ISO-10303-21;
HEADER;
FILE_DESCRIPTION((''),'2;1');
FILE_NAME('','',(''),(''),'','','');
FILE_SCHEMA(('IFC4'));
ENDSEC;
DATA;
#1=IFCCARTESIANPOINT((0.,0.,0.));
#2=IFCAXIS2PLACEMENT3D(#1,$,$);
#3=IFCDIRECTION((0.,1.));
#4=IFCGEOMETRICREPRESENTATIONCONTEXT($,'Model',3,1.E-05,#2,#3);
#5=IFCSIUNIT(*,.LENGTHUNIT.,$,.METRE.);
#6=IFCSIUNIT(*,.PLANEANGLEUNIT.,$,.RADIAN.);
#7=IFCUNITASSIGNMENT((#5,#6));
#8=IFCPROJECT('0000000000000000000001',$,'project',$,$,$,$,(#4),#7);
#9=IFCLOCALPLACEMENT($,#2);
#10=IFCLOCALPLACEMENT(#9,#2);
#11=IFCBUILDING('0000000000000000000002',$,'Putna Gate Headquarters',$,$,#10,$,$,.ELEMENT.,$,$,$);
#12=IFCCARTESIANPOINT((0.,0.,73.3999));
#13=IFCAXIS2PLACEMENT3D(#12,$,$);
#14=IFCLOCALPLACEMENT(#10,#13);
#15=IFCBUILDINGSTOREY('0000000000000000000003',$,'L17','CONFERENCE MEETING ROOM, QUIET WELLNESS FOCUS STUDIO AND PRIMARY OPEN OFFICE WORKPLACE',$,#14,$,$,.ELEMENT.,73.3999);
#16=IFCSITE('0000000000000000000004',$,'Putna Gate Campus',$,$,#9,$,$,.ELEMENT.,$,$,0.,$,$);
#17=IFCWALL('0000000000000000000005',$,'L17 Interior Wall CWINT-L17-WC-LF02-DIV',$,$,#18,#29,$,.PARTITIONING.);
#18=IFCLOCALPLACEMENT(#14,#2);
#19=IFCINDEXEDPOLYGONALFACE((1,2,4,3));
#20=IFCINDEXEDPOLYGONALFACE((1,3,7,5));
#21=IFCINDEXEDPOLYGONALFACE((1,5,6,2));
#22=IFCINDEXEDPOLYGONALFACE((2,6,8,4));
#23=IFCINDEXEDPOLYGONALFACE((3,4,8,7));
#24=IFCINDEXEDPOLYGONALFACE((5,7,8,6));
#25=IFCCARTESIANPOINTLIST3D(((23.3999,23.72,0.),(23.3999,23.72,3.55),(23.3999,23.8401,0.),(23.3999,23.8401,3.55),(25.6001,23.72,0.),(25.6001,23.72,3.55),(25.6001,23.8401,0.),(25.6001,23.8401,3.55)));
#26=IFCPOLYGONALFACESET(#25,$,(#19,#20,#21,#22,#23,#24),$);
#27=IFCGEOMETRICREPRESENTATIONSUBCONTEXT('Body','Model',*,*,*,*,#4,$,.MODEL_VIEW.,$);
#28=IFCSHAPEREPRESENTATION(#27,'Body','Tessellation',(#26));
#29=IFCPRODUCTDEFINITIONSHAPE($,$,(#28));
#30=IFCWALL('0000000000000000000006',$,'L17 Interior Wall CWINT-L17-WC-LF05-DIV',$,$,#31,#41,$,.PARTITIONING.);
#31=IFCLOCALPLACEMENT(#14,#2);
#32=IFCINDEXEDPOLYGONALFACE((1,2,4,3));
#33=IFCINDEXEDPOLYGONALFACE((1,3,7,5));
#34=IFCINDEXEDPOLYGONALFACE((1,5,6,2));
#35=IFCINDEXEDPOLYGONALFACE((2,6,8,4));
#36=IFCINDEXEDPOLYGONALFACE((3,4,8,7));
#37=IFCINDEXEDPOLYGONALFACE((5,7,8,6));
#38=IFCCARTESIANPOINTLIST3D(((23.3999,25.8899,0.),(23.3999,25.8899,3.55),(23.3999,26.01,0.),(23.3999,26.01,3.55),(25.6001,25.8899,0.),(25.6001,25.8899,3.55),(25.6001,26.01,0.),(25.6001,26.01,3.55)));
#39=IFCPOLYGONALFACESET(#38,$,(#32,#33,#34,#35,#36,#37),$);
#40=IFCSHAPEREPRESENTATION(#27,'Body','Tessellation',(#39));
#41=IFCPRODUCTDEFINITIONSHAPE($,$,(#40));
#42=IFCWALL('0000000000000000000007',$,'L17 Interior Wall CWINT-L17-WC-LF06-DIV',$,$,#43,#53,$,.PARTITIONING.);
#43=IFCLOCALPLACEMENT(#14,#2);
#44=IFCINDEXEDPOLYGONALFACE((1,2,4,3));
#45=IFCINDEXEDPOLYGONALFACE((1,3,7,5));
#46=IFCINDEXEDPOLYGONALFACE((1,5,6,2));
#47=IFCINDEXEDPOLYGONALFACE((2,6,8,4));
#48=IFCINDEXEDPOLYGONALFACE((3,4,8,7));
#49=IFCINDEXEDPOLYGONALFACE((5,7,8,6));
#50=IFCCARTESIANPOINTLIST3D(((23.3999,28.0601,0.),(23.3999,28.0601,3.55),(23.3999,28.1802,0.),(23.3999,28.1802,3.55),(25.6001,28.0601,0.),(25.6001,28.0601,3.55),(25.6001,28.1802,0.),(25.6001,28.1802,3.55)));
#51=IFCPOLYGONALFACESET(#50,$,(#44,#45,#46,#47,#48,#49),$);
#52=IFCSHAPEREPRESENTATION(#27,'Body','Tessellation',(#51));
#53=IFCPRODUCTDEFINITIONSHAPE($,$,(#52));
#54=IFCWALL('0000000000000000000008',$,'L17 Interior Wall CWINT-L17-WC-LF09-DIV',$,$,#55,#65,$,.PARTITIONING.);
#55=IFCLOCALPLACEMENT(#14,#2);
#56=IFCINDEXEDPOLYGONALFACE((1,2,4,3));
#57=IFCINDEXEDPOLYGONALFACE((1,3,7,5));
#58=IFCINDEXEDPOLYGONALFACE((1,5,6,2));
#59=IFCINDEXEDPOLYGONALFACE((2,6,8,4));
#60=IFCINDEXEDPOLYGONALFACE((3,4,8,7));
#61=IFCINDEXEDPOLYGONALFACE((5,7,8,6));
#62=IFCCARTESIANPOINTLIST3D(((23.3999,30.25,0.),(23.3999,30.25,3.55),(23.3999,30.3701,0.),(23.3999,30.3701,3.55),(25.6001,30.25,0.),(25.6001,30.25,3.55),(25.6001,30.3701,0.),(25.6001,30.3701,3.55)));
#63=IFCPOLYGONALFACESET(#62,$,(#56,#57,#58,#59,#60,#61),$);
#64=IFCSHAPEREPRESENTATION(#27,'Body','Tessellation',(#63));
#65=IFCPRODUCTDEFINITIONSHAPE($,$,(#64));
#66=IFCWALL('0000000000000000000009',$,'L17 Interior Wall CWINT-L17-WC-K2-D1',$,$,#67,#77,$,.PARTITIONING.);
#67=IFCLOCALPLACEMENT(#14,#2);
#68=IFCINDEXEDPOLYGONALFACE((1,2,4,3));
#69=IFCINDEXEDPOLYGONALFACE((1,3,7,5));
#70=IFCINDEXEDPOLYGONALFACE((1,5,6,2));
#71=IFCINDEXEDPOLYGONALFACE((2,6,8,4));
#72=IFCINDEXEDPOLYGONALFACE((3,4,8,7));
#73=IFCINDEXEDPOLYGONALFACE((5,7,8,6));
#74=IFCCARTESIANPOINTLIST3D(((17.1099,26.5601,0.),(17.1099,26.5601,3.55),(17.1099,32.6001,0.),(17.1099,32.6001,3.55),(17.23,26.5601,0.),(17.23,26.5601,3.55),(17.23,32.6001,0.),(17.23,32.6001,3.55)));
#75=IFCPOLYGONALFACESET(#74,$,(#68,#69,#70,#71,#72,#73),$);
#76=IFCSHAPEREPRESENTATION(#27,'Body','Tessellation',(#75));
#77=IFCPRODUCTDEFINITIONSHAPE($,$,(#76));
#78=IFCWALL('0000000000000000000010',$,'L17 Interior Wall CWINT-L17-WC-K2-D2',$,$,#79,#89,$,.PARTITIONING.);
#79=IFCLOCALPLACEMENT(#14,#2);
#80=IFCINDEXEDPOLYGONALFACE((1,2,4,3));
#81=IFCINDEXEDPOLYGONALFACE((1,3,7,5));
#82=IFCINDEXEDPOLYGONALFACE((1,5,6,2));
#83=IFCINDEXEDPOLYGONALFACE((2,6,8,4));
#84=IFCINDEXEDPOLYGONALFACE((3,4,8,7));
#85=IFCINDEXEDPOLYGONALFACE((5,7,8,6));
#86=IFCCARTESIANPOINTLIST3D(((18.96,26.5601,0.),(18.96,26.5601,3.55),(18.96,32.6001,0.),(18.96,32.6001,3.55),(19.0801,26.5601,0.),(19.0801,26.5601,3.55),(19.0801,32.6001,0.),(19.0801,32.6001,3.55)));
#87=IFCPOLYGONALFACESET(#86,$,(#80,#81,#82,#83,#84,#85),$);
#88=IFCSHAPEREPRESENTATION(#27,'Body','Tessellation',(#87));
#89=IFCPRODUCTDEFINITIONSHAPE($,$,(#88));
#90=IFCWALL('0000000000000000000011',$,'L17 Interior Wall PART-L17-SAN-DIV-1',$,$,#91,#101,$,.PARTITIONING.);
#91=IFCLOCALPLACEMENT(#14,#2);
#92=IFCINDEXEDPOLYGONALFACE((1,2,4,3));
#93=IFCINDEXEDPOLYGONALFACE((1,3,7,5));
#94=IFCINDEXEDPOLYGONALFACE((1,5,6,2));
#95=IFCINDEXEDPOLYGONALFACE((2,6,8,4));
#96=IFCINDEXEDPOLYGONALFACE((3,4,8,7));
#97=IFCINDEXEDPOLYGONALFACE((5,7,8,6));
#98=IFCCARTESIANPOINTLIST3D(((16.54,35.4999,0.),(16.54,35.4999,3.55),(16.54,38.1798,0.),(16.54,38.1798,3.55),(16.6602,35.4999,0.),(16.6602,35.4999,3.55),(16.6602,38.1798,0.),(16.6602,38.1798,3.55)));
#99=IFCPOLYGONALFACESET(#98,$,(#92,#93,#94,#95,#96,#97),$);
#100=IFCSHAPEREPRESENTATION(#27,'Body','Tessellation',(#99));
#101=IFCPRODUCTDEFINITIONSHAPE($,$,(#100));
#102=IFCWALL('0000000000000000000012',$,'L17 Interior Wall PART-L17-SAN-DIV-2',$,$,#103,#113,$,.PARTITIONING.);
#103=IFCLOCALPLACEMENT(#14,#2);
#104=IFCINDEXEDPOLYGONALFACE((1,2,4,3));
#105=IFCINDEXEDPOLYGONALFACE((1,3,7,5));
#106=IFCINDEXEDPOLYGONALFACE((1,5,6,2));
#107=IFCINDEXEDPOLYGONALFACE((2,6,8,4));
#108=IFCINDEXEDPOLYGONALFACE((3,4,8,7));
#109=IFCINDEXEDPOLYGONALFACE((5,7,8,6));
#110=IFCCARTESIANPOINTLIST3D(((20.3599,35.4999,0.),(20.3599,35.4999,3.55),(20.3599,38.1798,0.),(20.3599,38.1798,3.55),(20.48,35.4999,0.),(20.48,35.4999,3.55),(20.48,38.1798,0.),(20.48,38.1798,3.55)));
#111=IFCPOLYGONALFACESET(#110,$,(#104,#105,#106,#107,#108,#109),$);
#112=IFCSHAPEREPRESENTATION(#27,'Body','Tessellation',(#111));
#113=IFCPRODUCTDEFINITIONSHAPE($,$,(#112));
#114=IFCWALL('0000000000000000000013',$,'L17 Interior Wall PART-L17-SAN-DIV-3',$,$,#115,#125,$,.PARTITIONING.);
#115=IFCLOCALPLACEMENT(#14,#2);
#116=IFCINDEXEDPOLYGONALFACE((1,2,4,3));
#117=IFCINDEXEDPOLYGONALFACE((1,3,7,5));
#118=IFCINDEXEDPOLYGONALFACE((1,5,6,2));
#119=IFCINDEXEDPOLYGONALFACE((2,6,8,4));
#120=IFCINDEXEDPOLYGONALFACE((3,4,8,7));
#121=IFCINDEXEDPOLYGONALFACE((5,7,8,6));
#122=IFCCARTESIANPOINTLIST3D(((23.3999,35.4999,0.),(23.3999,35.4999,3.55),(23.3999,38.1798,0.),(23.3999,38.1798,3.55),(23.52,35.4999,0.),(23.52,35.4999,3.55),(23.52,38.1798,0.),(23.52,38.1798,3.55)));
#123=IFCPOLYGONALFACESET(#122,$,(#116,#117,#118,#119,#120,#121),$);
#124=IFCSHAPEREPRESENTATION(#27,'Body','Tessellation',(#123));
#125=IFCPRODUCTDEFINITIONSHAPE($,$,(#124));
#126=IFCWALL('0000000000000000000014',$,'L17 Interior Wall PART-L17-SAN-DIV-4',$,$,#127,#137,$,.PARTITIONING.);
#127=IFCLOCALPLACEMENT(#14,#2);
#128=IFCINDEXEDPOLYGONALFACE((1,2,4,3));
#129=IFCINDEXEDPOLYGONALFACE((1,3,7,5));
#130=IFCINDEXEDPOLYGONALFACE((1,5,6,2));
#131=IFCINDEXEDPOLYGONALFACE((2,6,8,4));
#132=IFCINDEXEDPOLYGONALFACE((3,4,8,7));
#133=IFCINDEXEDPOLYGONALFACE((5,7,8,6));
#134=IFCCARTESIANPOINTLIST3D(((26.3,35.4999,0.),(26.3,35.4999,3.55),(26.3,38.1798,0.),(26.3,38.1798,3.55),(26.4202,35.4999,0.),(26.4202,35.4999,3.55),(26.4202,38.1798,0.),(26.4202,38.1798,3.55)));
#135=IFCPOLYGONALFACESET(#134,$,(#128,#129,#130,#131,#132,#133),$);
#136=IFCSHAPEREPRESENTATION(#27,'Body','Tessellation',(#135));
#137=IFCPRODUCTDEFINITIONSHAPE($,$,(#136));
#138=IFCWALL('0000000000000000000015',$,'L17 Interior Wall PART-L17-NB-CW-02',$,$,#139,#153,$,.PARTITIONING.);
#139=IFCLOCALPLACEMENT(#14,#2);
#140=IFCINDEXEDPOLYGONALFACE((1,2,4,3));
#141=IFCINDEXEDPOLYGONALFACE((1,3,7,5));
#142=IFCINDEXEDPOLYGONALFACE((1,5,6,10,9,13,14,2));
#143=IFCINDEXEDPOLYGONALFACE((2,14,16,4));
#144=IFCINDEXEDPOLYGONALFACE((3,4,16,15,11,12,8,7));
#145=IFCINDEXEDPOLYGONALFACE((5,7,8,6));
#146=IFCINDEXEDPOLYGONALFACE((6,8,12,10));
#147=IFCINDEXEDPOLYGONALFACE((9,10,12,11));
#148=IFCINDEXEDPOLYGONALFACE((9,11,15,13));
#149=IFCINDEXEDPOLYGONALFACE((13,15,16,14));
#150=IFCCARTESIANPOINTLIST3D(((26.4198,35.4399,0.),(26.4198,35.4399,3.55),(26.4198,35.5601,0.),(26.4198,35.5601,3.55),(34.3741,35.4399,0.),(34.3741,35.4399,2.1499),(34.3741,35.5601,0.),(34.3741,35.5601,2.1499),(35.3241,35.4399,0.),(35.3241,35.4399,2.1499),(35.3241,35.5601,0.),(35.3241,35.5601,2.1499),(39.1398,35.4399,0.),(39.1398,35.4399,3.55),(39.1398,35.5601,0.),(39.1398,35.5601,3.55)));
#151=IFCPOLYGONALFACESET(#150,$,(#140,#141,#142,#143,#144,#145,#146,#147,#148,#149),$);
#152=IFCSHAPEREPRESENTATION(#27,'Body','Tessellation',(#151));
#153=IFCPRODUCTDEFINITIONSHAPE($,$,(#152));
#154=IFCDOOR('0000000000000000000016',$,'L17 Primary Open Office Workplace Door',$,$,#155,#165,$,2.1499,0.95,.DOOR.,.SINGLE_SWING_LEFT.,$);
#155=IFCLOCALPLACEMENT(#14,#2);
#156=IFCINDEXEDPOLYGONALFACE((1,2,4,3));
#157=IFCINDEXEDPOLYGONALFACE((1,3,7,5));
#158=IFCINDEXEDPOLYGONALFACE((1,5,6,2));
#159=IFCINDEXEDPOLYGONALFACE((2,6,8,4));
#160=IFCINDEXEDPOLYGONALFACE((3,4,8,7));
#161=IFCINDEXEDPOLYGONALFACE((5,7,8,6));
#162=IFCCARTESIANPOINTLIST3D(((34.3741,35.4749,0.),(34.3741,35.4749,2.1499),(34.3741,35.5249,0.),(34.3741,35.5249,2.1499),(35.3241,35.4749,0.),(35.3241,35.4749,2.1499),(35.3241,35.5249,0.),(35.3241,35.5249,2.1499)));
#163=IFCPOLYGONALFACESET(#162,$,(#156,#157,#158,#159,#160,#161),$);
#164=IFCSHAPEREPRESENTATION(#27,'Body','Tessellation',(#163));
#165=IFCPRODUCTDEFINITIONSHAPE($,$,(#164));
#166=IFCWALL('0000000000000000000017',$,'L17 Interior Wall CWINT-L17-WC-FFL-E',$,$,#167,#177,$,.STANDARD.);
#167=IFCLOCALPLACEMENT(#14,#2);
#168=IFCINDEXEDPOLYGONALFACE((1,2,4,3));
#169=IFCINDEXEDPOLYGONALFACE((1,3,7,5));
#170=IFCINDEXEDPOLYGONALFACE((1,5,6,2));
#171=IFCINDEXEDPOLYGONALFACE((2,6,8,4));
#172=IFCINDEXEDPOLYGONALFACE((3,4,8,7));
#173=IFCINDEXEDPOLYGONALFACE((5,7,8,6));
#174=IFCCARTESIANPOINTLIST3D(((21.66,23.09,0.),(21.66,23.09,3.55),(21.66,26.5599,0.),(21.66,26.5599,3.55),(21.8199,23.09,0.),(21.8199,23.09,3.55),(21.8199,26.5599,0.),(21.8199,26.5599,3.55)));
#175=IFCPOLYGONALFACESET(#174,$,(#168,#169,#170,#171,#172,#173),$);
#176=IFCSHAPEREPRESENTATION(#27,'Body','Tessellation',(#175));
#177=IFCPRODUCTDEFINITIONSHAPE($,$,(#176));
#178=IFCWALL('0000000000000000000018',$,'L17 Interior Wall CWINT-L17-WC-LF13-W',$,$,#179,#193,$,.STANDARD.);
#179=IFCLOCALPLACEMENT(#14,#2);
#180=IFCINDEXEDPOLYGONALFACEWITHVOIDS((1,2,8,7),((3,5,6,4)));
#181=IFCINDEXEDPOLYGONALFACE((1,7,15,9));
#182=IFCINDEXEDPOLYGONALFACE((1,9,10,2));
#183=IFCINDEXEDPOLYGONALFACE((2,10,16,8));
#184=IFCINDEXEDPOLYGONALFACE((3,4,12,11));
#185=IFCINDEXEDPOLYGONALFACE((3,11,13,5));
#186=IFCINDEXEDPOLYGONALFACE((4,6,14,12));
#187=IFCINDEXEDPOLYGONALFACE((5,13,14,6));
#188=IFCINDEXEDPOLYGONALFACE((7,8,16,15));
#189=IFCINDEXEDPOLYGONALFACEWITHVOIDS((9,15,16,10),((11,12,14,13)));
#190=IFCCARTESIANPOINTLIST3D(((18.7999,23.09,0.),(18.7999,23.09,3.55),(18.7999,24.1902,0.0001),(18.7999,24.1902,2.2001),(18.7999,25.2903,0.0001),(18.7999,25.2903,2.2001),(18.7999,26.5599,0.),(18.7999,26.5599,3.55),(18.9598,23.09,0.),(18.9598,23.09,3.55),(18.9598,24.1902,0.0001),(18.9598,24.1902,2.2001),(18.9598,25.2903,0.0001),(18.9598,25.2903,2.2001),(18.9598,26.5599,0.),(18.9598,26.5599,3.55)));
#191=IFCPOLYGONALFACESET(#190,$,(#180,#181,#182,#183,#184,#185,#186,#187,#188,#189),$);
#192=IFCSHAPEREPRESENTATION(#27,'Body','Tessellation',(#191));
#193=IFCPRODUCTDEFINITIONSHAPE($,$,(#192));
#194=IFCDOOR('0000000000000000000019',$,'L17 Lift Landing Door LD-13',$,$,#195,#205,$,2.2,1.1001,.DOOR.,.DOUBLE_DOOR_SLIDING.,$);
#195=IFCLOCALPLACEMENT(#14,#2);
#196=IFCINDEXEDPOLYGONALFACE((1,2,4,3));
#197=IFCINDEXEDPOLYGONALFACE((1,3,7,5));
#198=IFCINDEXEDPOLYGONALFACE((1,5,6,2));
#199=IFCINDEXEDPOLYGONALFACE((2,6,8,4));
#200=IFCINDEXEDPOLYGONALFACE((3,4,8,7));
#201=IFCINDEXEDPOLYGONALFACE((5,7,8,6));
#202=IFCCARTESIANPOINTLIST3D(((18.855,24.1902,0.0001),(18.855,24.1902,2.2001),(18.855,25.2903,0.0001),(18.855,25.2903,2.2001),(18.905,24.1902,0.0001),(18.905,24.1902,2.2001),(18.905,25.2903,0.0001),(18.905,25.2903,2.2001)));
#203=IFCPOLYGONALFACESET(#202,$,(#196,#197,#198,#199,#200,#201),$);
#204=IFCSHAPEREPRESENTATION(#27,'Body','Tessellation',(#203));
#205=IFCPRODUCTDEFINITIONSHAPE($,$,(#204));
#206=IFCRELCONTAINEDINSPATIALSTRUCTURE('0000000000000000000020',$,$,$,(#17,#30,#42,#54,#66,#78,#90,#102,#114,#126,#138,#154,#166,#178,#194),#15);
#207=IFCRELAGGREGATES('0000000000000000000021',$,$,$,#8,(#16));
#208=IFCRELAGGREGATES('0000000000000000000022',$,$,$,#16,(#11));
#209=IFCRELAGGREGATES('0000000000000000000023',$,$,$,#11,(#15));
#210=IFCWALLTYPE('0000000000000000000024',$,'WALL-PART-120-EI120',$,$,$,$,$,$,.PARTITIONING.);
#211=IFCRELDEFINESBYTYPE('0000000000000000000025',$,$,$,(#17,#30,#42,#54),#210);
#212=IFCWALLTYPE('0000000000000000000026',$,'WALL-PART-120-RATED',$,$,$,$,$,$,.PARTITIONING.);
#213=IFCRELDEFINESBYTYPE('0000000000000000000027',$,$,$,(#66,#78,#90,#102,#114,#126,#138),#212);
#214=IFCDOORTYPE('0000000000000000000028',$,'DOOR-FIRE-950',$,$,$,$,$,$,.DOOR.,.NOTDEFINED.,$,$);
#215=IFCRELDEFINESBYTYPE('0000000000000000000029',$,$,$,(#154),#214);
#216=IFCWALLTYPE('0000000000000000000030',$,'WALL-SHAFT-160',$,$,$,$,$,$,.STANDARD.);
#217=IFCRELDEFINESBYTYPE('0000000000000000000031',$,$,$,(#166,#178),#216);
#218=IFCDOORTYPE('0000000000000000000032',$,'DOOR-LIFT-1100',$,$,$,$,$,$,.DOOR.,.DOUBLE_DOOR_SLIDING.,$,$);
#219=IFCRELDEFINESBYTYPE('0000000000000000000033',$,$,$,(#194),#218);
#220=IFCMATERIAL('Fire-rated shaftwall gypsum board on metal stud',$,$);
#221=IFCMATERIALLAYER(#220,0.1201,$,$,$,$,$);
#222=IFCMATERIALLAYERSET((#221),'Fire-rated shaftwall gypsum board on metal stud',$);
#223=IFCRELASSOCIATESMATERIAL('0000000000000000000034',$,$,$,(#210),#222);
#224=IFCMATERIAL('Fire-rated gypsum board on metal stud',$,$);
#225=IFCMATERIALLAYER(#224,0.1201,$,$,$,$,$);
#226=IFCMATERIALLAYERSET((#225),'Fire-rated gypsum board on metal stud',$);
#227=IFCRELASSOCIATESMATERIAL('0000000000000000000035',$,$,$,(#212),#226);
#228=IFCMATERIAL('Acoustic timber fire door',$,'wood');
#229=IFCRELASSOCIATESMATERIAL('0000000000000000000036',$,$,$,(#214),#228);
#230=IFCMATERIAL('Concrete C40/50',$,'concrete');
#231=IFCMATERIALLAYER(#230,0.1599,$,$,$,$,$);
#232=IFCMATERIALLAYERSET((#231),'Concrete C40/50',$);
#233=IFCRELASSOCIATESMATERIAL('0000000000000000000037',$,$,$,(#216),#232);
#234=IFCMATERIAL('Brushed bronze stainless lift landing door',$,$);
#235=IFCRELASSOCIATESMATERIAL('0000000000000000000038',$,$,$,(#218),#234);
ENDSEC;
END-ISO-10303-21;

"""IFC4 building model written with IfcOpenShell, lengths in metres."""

from ifc_helpers import new_model, si_unit, direction, frame, frame_2d, origin, place, context, subcontext, project, spatial, rectangle, extrude, material, layer, layer_set, type_object, element, fill, save


model = new_model("IFC4")

# Units and contexts
model_context = context("Model", 3, precision=1e-05, world=origin(), true_north=direction((0.0, 1.0)))
body_context = subcontext(model_context, "Body", "Model", "MODEL_VIEW")
ifc_project = project(units=[si_unit("LENGTHUNIT", "METRE"), si_unit("PLANEANGLEUNIT", "RADIAN")], contexts=[model_context])

# Site, building, storey
site_placement = place(None, origin())
site = spatial("IfcSite", under=ifc_project, at=site_placement, Name="Putna Gate Campus", CompositionType="ELEMENT", RefElevation=0.0)
building_placement = place(site_placement, origin())
building = spatial("IfcBuilding", under=site, at=building_placement, Name="Putna Gate Headquarters", CompositionType="ELEMENT")
storey_placement = place(building_placement, frame((0.0, 0.0, 73.3999)))
storey = spatial("IfcBuildingStorey", under=building, at=storey_placement, Name="L17", Description="CONFERENCE MEETING ROOM, QUIET WELLNESS FOCUS STUDIO AND PRIMARY OPEN OFFICE WORKPLACE", CompositionType="ELEMENT", Elevation=73.3999)

# Walls
ifc_material_1 = material(Name="Fire-rated shaftwall gypsum board on metal stud")
ifc_layer_1 = layer(ifc_material_1, 0.1201)
ifc_layer_set_1 = layer_set([ifc_layer_1], Name="Fire-rated shaftwall gypsum board on metal stud")
wall_type_1 = type_object("IfcWallType", Name="WALL-PART-120-EI120", PredefinedType="PARTITIONING", material=ifc_layer_set_1)
for number, where, z_axis, x_axis, name in (
    (1, (23.3999, 23.78, 0.0), (0.0, 0.0, 1.0), (1.0, 0.0, 0.0), "L17 Interior Wall CWINT-L17-WC-LF02-DIV"),
    (2, (23.3999, 25.95, 0.0), (0.0, 0.0, 1.0), (1.0, 0.0, 0.0), "L17 Interior Wall CWINT-L17-WC-LF05-DIV"),
    (3, (23.3999, 28.1201, 0.0), (0.0, 0.0, 1.0), (1.0, 0.0, 0.0), "L17 Interior Wall CWINT-L17-WC-LF06-DIV"),
    (4, (23.3999, 30.3101, 0.0), (0.0, 0.0, 1.0), (1.0, 0.0, 0.0), "L17 Interior Wall CWINT-L17-WC-LF09-DIV"),
):
    element("IfcWall", number, at=place(storey_placement, frame(where, z_axis=z_axis, x_axis=x_axis)), inside=storey, type_object=wall_type_1, Name=name, PredefinedType="PARTITIONING", context=body_context, shape_type="SweptSolid", body=[
        extrude(rectangle(XDim=2.2002, YDim=0.1201, at=frame_2d((1.1001, 0.0))), origin(), (0.0, 0.0, 1.0), 3.55),
    ])
ifc_material_2 = material(Name="Fire-rated gypsum board on metal stud")
ifc_layer_2 = layer(ifc_material_2, 0.1201)
ifc_layer_set_2 = layer_set([ifc_layer_2], Name="Fire-rated gypsum board on metal stud")
wall_type_2 = type_object("IfcWallType", Name="WALL-PART-120-RATED", PredefinedType="PARTITIONING", material=ifc_layer_set_2)
for number, where, z_axis, x_axis, name in (
    (5, (17.1699, 26.5601, 0.0), (0.0, 0.0, 1.0), (0.0, 1.0, 0.0), "L17 Interior Wall CWINT-L17-WC-K2-D1"),
    (6, (19.02, 26.5601, 0.0), (0.0, 0.0, 1.0), (0.0, 1.0, 0.0), "L17 Interior Wall CWINT-L17-WC-K2-D2"),
):
    element("IfcWall", number, at=place(storey_placement, frame(where, z_axis=z_axis, x_axis=x_axis)), inside=storey, type_object=wall_type_2, Name=name, PredefinedType="PARTITIONING", context=body_context, shape_type="SweptSolid", body=[
        extrude(rectangle(XDim=6.04, YDim=0.1201, at=frame_2d((3.02, 0.0))), origin(), (0.0, 0.0, 1.0), 3.55),
    ])
for number, where, z_axis, x_axis, name in (
    (7, (16.6001, 35.5, 0.0), (0.0, 0.0, 1.0), (0.0, 1.0, 0.0), "L17 Interior Wall PART-L17-SAN-DIV-1"),
    (8, (20.4199, 35.5, 0.0), (0.0, 0.0, 1.0), (0.0, 1.0, 0.0), "L17 Interior Wall PART-L17-SAN-DIV-2"),
    (9, (23.46, 35.5, 0.0), (0.0, 0.0, 1.0), (0.0, 1.0, 0.0), "L17 Interior Wall PART-L17-SAN-DIV-3"),
    (10, (26.3601, 35.5, 0.0), (0.0, 0.0, 1.0), (0.0, 1.0, 0.0), "L17 Interior Wall PART-L17-SAN-DIV-4"),
):
    element("IfcWall", number, at=place(storey_placement, frame(where, z_axis=z_axis, x_axis=x_axis)), inside=storey, type_object=wall_type_2, Name=name, PredefinedType="PARTITIONING", context=body_context, shape_type="SweptSolid", body=[
        extrude(rectangle(XDim=2.6799, YDim=0.1201, at=frame_2d((1.3398, 0.0))), origin(), (0.0, 0.0, 1.0), 3.55),
    ])

# Wall, opening, door
wall_1_placement = place(storey_placement, frame((26.4199, 35.5, 0.0), z_axis=(0.0, 0.0, 1.0), x_axis=(1.0, 0.0, 0.0)))
wall_1 = element("IfcWall", 11, at=wall_1_placement, inside=storey, type_object=wall_type_2, Name="L17 Interior Wall PART-L17-NB-CW-02", PredefinedType="PARTITIONING", context=body_context, shape_type="SweptSolid", body=[
    extrude(rectangle(XDim=12.72, YDim=0.1201, at=frame_2d((6.3599, 0.0))), origin(), (0.0, 0.0, 1.0), 3.55),
])
opening_1_placement = place(wall_1_placement, frame((7.9541, 0.0, 0.0)))
opening_1 = element("IfcOpeningElement", 12, at=opening_1_placement, cuts=wall_1, PredefinedType="OPENING", context=body_context, shape_type="SweptSolid", body=[
    extrude(rectangle(XDim=0.95, YDim=2.1499, at=frame_2d((0.4751, 1.075))), frame((0.0, 0.0701, 0.0), z_axis=(0.0, -1.0, 0.0), x_axis=(1.0, 0.0, 0.0)), (0.0, 0.0, 1.0), 0.1401),
])
ifc_material_3 = material(Name="Acoustic timber fire door", Category="wood")
door_type_1 = type_object("IfcDoorType", Name="DOOR-FIRE-950", OperationType="NOTDEFINED", PredefinedType="DOOR", material=ifc_material_3)
door_1_placement = place(opening_1_placement, origin())
door_1 = element("IfcDoor", 13, at=door_1_placement, inside=storey, type_object=door_type_1, Name="L17 Primary Open Office Workplace Door", OperationType="SINGLE_SWING_LEFT", OverallHeight=2.1499, OverallWidth=0.95, PredefinedType="DOOR", context=body_context, shape_type="SweptSolid", body=[
    extrude(rectangle(XDim=0.95, YDim=2.1499, at=frame_2d((0.4751, 1.075))), frame((0.0, 0.0249, 0.0), z_axis=(0.0, -1.0, 0.0), x_axis=(1.0, 0.0, 0.0)), (0.0, 0.0, 1.0), 0.05),
])
fill(opening_1, door_1)

# Wall
ifc_material_4 = material(Name="Concrete C40/50", Category="concrete")
ifc_layer_3 = layer(ifc_material_4, 0.1599)
ifc_layer_set_3 = layer_set([ifc_layer_3], Name="Concrete C40/50")
wall_type_3 = type_object("IfcWallType", Name="WALL-SHAFT-160", PredefinedType="STANDARD", material=ifc_layer_set_3)
wall_2_placement = place(storey_placement, frame((21.74, 23.0901, 0.0), z_axis=(0.0, 0.0, 1.0), x_axis=(0.0, 1.0, 0.0)))
element("IfcWall", 14, at=wall_2_placement, inside=storey, type_object=wall_type_3, Name="L17 Interior Wall CWINT-L17-WC-FFL-E", PredefinedType="STANDARD", context=body_context, shape_type="SweptSolid", body=[
    extrude(rectangle(XDim=3.47, YDim=0.1599, at=frame_2d((1.7349, 0.0))), origin(), (0.0, 0.0, 1.0), 3.55),
])

# Wall, opening, door
wall_3_placement = place(storey_placement, frame((18.8799, 23.0901, 0.0), z_axis=(0.0, 0.0, 1.0), x_axis=(0.0, 1.0, 0.0)))
wall_3 = element("IfcWall", 15, at=wall_3_placement, inside=storey, type_object=wall_type_3, Name="L17 Interior Wall CWINT-L17-WC-LF13-W", PredefinedType="STANDARD", context=body_context, shape_type="SweptSolid", body=[
    extrude(rectangle(XDim=3.47, YDim=0.1599, at=frame_2d((1.7349, 0.0))), origin(), (0.0, 0.0, 1.0), 3.55),
])
opening_2_placement = place(wall_3_placement, frame((1.1001, 0.0, 0.0)))
opening_2 = element("IfcOpeningElement", 16, at=opening_2_placement, cuts=wall_3, PredefinedType="OPENING", context=body_context, shape_type="SweptSolid", body=[
    extrude(rectangle(XDim=1.1001, YDim=2.2, at=frame_2d((0.55, 1.1001))), frame((0.0, 0.0898, 0.0), z_axis=(0.0, -1.0, 0.0), x_axis=(1.0, 0.0, 0.0)), (0.0, 0.0, 1.0), 0.1799),
])
ifc_material_5 = material(Name="Brushed bronze stainless lift landing door")
door_type_2 = type_object("IfcDoorType", Name="DOOR-LIFT-1100", OperationType="DOUBLE_DOOR_SLIDING", PredefinedType="DOOR", material=ifc_material_5)
door_2_placement = place(opening_2_placement, origin())
door_2 = element("IfcDoor", 17, at=door_2_placement, inside=storey, type_object=door_type_2, Name="L17 Lift Landing Door LD-13", OperationType="DOUBLE_DOOR_SLIDING", OverallHeight=2.2, OverallWidth=1.1001, PredefinedType="DOOR", context=body_context, shape_type="SweptSolid", body=[
    extrude(rectangle(XDim=1.1001, YDim=2.2, at=frame_2d((0.55, 1.1001))), frame((0.0, 0.0249, 0.0), z_axis=(0.0, -1.0, 0.0), x_axis=(1.0, 0.0, 0.0)), (0.0, 0.0, 1.0), 0.05),
])
fill(opening_2, door_2)

save(model, "model.ifc")
